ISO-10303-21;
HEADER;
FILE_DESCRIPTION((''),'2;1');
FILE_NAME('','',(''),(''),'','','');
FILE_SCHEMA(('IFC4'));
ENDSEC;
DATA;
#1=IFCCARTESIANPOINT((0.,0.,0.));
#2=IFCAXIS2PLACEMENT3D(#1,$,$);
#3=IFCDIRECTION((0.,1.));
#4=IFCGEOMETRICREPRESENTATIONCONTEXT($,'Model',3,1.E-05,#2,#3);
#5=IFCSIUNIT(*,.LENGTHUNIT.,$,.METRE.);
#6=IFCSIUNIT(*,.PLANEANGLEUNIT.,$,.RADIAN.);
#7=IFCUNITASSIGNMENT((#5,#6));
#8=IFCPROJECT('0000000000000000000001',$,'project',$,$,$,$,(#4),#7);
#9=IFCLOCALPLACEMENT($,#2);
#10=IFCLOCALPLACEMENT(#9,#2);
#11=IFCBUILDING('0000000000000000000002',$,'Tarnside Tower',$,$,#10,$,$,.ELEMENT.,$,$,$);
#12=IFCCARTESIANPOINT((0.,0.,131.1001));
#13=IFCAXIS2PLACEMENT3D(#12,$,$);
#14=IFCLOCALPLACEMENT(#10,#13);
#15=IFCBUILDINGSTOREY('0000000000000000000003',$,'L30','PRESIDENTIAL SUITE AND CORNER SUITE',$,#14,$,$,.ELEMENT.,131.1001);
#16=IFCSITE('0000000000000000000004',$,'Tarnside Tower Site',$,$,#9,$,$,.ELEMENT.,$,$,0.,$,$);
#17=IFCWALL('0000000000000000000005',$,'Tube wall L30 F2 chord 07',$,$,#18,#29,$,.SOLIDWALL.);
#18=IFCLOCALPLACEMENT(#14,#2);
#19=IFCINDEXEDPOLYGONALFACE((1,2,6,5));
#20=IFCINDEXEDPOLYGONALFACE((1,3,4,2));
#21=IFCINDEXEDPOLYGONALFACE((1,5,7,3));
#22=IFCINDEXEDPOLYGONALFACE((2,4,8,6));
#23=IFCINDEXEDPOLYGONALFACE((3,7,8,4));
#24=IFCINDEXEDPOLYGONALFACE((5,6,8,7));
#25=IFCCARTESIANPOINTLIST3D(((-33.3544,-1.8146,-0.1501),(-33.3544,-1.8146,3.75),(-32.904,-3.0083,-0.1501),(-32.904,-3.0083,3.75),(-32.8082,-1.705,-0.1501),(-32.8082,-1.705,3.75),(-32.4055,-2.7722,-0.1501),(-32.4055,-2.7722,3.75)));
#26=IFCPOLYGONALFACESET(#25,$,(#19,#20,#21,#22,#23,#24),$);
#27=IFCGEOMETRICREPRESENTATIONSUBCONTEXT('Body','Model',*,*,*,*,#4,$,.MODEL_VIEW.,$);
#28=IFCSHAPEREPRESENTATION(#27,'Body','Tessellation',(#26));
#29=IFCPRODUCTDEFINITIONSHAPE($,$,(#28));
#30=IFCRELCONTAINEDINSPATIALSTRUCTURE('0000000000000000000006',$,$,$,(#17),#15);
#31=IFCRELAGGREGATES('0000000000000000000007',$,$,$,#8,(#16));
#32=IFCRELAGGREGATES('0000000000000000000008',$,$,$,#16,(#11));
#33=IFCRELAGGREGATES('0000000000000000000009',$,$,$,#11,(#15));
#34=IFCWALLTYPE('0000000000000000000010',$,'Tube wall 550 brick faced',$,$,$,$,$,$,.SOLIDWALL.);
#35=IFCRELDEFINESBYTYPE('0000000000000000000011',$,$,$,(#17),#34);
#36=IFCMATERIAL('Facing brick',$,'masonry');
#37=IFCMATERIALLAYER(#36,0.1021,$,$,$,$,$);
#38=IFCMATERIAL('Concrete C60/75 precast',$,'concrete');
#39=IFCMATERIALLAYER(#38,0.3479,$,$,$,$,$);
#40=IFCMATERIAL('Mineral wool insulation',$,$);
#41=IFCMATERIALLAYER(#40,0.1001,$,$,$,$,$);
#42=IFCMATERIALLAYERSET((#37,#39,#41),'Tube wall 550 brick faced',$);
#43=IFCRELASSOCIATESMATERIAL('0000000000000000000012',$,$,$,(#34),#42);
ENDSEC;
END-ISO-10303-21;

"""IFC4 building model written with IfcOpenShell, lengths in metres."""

from ifc_helpers import new_model, si_unit, direction, frame, origin, place, context, subcontext, project, spatial, polyline, outline, extrude, material, layer, layer_set, type_object, element, save


model = new_model("IFC4")

# Units and contexts
model_context = context("Model", 3, precision=1e-05, world=origin(), true_north=direction((0.0, 1.0)))
body_context = subcontext(model_context, "Body", "Model", "MODEL_VIEW")
ifc_project = project(units=[si_unit("LENGTHUNIT", "METRE"), si_unit("PLANEANGLEUNIT", "RADIAN")], contexts=[model_context])

# Site, building, storey
site_placement = place(None, origin())
site = spatial("IfcSite", under=ifc_project, at=site_placement, Name="Tarnside Tower Site", CompositionType="ELEMENT", RefElevation=0.0)
building_placement = place(site_placement, origin())
building = spatial("IfcBuilding", under=site, at=building_placement, Name="Tarnside Tower", CompositionType="ELEMENT")
storey_placement = place(building_placement, frame((0.0, 0.0, 131.1001)))
storey = spatial("IfcBuildingStorey", under=building, at=storey_placement, Name="L30", Description="PRESIDENTIAL SUITE AND CORNER SUITE", CompositionType="ELEMENT", Elevation=131.1001)

# Wall
ifc_material_1 = material(Name="Facing brick", Category="masonry")
ifc_layer_1 = layer(ifc_material_1, 0.1021)
ifc_material_2 = material(Name="Concrete C60/75 precast", Category="concrete")
ifc_layer_2 = layer(ifc_material_2, 0.3479)
ifc_material_3 = material(Name="Mineral wool insulation")
ifc_layer_3 = layer(ifc_material_3, 0.1001)
ifc_layer_set_1 = layer_set([ifc_layer_1, ifc_layer_2, ifc_layer_3], Name="Tube wall 550 brick faced")
wall_type_1 = type_object("IfcWallType", Name="Tube wall 550 brick faced", PredefinedType="SOLIDWALL", material=ifc_layer_set_1)
wall_1_placement = place(storey_placement, frame((-33.0813, -1.7598, -0.1501), z_axis=(0.0, 0.0, 1.0), x_axis=(0.353027, -0.935613, 0.0)))
element("IfcWall", 1, at=wall_1_placement, inside=storey, type_object=wall_type_1, Name="Tube wall L30 F2 chord 07", PredefinedType="SOLIDWALL", context=body_context, shape_type="SweptSolid", body=[
    extrude(outline(polyline([(-0.0452, -0.2749), (1.2307, -0.2749), (1.1858, 0.2749), (0.0452, 0.2749), (-0.0452, -0.2749)])), origin(), (0.0, 0.0, 1.0), 3.9001),
])

save(model, "model.ifc")
